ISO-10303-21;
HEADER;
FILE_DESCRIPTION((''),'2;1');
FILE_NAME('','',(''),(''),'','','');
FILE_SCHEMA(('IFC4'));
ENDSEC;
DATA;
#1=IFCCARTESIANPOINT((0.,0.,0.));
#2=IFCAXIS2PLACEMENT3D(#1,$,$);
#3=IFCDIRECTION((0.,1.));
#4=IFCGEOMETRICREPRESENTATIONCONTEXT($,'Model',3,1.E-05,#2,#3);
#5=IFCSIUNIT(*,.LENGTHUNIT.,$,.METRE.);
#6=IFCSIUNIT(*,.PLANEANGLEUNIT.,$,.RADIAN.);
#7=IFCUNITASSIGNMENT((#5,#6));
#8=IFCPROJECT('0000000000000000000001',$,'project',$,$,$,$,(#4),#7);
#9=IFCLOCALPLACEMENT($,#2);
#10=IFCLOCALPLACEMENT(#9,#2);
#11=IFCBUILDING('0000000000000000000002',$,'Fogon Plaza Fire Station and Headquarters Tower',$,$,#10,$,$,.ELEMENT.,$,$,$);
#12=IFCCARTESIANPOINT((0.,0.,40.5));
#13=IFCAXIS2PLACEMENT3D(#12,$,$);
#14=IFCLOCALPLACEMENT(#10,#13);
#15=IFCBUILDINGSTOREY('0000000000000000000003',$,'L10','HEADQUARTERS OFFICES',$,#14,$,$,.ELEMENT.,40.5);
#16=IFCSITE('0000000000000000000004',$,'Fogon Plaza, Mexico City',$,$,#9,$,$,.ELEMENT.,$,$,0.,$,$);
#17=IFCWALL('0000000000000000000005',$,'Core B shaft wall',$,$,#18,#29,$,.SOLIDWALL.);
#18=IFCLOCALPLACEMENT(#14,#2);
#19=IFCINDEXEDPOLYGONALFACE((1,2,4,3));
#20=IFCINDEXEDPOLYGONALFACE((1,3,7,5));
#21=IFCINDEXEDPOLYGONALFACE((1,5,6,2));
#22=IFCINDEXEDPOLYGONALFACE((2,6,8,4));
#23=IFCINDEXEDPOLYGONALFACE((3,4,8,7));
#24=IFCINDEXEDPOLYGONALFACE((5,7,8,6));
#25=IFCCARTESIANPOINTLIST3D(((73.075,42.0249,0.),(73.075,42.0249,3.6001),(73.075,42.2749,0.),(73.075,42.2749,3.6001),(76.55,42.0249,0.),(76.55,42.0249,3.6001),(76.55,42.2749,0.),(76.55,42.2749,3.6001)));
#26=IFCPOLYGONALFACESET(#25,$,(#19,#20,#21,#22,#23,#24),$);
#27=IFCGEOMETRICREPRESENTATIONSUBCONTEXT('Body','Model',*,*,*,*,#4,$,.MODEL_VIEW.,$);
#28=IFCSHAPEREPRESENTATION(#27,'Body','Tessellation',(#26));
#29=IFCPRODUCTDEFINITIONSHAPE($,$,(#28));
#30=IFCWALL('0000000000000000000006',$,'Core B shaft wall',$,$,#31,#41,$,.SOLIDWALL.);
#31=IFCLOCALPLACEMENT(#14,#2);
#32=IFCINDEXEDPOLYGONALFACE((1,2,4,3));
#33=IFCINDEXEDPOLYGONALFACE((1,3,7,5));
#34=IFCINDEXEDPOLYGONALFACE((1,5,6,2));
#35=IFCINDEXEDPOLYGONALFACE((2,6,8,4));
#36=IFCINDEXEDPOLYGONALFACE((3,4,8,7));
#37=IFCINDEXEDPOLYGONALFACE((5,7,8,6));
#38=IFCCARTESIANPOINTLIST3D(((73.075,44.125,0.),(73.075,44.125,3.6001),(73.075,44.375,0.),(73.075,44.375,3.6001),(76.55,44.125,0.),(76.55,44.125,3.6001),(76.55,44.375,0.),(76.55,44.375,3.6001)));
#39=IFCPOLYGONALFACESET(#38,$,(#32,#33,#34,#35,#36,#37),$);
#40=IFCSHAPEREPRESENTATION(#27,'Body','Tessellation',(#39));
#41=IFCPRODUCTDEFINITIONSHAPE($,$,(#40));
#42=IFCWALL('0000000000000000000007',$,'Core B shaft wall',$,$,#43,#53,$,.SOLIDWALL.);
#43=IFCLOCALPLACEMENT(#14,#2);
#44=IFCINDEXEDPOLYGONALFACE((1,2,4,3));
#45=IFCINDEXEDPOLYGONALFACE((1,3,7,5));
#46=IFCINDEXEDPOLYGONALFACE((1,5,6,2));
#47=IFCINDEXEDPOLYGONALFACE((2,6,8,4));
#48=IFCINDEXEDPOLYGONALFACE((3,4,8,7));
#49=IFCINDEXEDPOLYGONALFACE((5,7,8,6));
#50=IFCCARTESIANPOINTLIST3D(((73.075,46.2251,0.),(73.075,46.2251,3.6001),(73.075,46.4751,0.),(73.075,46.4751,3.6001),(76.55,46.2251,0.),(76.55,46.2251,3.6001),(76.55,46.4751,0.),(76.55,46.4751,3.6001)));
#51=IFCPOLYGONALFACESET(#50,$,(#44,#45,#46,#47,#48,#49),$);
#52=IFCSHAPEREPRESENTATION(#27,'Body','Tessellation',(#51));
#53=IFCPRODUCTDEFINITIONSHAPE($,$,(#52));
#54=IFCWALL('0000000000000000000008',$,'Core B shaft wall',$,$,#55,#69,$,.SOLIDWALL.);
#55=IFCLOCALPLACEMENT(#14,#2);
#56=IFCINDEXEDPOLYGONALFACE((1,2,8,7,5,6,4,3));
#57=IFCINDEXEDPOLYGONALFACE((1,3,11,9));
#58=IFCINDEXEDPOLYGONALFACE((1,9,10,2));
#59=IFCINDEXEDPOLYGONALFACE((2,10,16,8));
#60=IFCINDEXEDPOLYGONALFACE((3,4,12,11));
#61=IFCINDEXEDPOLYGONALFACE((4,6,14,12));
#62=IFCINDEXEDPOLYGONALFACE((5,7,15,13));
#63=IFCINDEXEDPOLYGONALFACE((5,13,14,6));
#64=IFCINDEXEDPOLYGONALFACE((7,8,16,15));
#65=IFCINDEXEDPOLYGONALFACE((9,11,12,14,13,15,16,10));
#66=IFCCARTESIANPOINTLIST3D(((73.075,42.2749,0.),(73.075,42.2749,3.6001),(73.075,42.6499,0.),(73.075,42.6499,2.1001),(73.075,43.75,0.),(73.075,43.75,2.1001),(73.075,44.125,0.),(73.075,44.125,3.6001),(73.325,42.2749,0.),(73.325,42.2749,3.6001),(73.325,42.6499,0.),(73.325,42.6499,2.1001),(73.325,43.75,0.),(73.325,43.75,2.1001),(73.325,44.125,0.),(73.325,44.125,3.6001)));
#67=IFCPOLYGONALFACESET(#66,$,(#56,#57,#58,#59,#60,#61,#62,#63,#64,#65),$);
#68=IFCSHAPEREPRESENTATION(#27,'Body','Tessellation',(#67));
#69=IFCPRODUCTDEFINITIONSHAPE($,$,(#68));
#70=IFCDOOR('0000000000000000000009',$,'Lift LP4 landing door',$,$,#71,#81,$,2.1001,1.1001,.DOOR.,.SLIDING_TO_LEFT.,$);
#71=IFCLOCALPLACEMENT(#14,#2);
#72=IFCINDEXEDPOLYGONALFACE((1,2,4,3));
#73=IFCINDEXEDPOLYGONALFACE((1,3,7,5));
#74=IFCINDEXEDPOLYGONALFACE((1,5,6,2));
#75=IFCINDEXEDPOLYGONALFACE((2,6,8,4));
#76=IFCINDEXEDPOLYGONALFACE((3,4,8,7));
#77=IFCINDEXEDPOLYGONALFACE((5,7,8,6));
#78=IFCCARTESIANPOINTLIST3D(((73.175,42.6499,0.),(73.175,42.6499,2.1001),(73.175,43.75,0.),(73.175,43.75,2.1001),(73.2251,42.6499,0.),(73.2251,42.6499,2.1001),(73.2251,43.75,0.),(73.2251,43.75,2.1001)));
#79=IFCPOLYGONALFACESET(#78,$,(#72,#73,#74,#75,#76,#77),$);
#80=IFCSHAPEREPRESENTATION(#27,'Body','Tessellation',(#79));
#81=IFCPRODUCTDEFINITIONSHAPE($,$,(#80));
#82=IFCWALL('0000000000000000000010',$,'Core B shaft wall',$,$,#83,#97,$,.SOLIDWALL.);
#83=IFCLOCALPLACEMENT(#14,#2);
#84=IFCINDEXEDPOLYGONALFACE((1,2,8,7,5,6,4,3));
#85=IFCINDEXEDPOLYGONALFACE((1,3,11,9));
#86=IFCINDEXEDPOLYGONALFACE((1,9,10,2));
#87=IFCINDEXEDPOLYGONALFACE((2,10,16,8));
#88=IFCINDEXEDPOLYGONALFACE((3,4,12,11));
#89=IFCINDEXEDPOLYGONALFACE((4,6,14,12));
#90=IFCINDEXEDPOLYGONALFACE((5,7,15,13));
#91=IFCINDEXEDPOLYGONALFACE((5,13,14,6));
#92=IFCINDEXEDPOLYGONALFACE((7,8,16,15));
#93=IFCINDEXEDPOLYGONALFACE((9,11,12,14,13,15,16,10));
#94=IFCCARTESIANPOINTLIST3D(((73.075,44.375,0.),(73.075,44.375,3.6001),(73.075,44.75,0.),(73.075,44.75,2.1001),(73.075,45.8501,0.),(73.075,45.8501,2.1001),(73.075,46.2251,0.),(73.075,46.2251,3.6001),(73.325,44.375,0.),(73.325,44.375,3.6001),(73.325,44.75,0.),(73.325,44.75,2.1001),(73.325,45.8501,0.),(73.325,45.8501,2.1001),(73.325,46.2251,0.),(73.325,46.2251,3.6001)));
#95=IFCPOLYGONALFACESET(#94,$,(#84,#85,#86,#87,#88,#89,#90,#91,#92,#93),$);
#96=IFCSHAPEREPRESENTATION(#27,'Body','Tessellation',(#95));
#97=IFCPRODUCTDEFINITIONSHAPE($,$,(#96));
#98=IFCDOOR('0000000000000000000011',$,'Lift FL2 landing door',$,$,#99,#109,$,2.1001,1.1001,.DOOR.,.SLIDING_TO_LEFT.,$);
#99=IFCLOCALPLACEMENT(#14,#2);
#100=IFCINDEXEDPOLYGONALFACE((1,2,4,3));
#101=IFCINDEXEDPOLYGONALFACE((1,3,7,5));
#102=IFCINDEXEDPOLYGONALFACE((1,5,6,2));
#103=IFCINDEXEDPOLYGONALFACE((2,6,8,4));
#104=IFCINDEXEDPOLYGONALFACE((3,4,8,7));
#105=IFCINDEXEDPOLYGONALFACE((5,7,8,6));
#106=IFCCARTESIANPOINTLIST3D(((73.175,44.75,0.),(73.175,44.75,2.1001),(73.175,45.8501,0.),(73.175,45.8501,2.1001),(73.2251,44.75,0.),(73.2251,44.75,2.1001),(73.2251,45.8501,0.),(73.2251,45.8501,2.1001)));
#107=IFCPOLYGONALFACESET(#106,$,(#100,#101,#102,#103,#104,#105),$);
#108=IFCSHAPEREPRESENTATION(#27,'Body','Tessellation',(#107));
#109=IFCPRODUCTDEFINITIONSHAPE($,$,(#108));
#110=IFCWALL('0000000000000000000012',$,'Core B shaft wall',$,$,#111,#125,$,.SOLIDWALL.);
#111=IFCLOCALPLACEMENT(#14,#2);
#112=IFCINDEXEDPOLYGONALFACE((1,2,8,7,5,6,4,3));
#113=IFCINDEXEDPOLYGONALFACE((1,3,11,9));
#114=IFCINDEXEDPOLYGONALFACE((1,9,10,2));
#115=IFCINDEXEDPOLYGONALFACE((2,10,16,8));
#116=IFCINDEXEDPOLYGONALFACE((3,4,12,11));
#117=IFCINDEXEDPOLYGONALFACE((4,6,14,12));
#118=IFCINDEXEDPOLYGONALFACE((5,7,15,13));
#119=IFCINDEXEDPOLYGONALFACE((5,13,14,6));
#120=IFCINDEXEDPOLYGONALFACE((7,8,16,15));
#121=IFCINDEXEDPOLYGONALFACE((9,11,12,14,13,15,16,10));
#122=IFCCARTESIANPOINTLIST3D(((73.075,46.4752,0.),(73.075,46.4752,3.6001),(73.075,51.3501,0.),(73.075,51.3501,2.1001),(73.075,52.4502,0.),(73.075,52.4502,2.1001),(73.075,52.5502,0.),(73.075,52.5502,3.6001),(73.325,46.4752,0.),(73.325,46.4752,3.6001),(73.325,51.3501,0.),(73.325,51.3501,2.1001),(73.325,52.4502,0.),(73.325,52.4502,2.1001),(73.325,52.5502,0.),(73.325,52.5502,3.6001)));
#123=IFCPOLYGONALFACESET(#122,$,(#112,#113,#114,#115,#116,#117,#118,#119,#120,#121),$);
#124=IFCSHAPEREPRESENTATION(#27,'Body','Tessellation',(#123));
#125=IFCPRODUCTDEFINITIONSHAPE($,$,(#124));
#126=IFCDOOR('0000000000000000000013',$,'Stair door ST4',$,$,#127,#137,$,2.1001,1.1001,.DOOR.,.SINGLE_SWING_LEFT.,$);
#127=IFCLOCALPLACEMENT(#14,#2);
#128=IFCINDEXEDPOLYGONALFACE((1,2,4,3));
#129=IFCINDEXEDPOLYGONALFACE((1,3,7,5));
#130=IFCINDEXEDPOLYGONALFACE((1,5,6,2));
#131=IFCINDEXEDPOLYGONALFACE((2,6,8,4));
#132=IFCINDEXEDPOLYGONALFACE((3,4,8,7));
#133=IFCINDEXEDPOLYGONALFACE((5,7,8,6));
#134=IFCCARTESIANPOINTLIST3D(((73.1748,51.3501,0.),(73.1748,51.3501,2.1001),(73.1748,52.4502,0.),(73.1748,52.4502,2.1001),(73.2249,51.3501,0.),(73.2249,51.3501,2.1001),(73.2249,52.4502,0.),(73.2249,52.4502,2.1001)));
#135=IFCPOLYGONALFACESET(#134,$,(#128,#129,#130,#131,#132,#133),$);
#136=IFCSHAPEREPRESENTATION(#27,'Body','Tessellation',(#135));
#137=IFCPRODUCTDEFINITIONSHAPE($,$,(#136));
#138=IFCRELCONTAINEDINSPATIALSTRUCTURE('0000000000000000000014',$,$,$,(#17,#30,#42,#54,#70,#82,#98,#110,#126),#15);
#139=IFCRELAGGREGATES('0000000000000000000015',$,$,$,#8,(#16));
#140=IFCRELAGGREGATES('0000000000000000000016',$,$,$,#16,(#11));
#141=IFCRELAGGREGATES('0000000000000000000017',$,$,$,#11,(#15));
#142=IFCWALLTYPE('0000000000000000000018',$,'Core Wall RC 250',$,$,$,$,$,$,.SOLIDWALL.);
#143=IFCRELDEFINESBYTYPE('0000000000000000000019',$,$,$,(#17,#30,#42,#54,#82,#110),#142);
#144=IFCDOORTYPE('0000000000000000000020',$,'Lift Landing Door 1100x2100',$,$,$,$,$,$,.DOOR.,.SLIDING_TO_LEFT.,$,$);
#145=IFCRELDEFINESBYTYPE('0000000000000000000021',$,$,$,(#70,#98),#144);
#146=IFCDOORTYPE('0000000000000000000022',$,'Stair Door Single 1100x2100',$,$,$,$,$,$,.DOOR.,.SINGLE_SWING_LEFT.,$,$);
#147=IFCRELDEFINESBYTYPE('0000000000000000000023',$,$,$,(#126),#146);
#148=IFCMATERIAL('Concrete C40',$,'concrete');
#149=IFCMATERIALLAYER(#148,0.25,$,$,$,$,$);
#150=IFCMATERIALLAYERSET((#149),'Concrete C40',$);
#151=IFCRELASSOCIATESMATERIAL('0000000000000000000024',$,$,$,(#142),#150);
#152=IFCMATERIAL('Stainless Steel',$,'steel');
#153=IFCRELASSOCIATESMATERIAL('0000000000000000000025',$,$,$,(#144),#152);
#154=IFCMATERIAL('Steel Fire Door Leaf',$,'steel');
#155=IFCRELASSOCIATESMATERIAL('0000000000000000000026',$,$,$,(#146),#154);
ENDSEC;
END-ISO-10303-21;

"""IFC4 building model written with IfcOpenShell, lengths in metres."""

from ifc_helpers import new_model, si_unit, direction, frame, frame_2d, origin, place, context, subcontext, project, spatial, rectangle, extrude, material, layer, layer_set, type_object, element, fill, save


model = new_model("IFC4")

# Units and contexts
model_context = context("Model", 3, precision=1e-05, world=origin(), true_north=direction((0.0, 1.0)))
body_context = subcontext(model_context, "Body", "Model", "MODEL_VIEW")
ifc_project = project(units=[si_unit("LENGTHUNIT", "METRE"), si_unit("PLANEANGLEUNIT", "RADIAN")], contexts=[model_context])

# Site, building, storey
site_placement = place(None, origin())
site = spatial("IfcSite", under=ifc_project, at=site_placement, Name="Fogon Plaza, Mexico City", CompositionType="ELEMENT", RefElevation=0.0)
building_placement = place(site_placement, origin())
building = spatial("IfcBuilding", under=site, at=building_placement, Name="Fogon Plaza Fire Station and Headquarters Tower", CompositionType="ELEMENT")
storey_placement = place(building_placement, frame((0.0, 0.0, 40.5)))
storey = spatial("IfcBuildingStorey", under=building, at=storey_placement, Name="L10", Description="HEADQUARTERS OFFICES", CompositionType="ELEMENT", Elevation=40.5)

# Walls
ifc_material_1 = material(Name="Concrete C40", Category="concrete")
ifc_layer_1 = layer(ifc_material_1, 0.25)
ifc_layer_set_1 = layer_set([ifc_layer_1], Name="Concrete C40")
wall_type_1 = type_object("IfcWallType", Name="Core Wall RC 250", PredefinedType="SOLIDWALL", material=ifc_layer_set_1)
for number, where, z_axis, x_axis, name in (
    (1, (76.55, 42.1499, 0.0), (0.0, 0.0, 1.0), (-1.0, 0.0, 0.0), "Core B shaft wall"),
    (2, (76.55, 44.25, 0.0), (0.0, 0.0, 1.0), (-1.0, 0.0, 0.0), "Core B shaft wall"),
    (3, (76.55, 46.3501, 0.0), (0.0, 0.0, 1.0), (-1.0, 0.0, 0.0), "Core B shaft wall"),
):
    element("IfcWall", number, at=place(storey_placement, frame(where, z_axis=z_axis, x_axis=x_axis)), inside=storey, type_object=wall_type_1, Name=name, PredefinedType="SOLIDWALL", context=body_context, shape_type="SweptSolid", body=[
        extrude(rectangle(XDim=3.4751, YDim=0.25, at=frame_2d((1.7375, 0.0))), origin(), (0.0, 0.0, 1.0), 3.6001),
    ])

# Walls, openings, doors
wall_1_placement = place(storey_placement, frame((73.2, 42.2749, 0.0), z_axis=(0.0, 0.0, 1.0), x_axis=(0.0, 1.0, 0.0)))
wall_1 = element("IfcWall", 4, at=wall_1_placement, inside=storey, type_object=wall_type_1, Name="Core B shaft wall", PredefinedType="SOLIDWALL", context=body_context, shape_type="SweptSolid", body=[
    extrude(rectangle(XDim=1.8501, YDim=0.25, at=frame_2d((0.925, 0.0))), origin(), (0.0, 0.0, 1.0), 3.6001),
])
opening_1_placement = place(wall_1_placement, frame((0.375, 0.0, 0.0)))
opening_1 = element("IfcOpeningElement", 5, at=opening_1_placement, cuts=wall_1, PredefinedType="OPENING", context=body_context, shape_type="SweptSolid", body=[
    extrude(rectangle(XDim=1.1001, YDim=2.1001, at=frame_2d((0.55, 1.05))), frame((0.0, 0.135, 0.0), z_axis=(0.0, -1.0, 0.0), x_axis=(1.0, 0.0, 0.0)), (0.0, 0.0, 1.0), 0.27),
])
ifc_material_2 = material(Name="Stainless Steel", Category="steel")
door_type_1 = type_object("IfcDoorType", Name="Lift Landing Door 1100x2100", OperationType="SLIDING_TO_LEFT", PredefinedType="DOOR", material=ifc_material_2)
door_1_placement = place(opening_1_placement, origin())
door_1 = element("IfcDoor", 6, at=door_1_placement, inside=storey, type_object=door_type_1, Name="Lift LP4 landing door", OperationType="SLIDING_TO_LEFT", OverallHeight=2.1001, OverallWidth=1.1001, PredefinedType="DOOR", context=body_context, shape_type="SweptSolid", body=[
    extrude(rectangle(XDim=1.1001, YDim=2.1001, at=frame_2d((0.55, 1.05))), frame((0.0, 0.0249, 0.0), z_axis=(0.0, -1.0, 0.0), x_axis=(1.0, 0.0, 0.0)), (0.0, 0.0, 1.0), 0.05),
])
fill(opening_1, door_1)
wall_2_placement = place(storey_placement, frame((73.2, 44.375, 0.0), z_axis=(0.0, 0.0, 1.0), x_axis=(0.0, 1.0, 0.0)))
wall_2 = element("IfcWall", 7, at=wall_2_placement, inside=storey, type_object=wall_type_1, Name="Core B shaft wall", PredefinedType="SOLIDWALL", context=body_context, shape_type="SweptSolid", body=[
    extrude(rectangle(XDim=1.8501, YDim=0.25, at=frame_2d((0.925, 0.0))), origin(), (0.0, 0.0, 1.0), 3.6001),
])
opening_2_placement = place(wall_2_placement, frame((0.375, 0.0, 0.0)))
opening_2 = element("IfcOpeningElement", 8, at=opening_2_placement, cuts=wall_2, PredefinedType="OPENING", context=body_context, shape_type="SweptSolid", body=[
    extrude(rectangle(XDim=1.1001, YDim=2.1001, at=frame_2d((0.55, 1.05))), frame((0.0, 0.135, 0.0), z_axis=(0.0, -1.0, 0.0), x_axis=(1.0, 0.0, 0.0)), (0.0, 0.0, 1.0), 0.27),
])
door_2_placement = place(opening_2_placement, origin())
door_2 = element("IfcDoor", 9, at=door_2_placement, inside=storey, type_object=door_type_1, Name="Lift FL2 landing door", OperationType="SLIDING_TO_LEFT", OverallHeight=2.1001, OverallWidth=1.1001, PredefinedType="DOOR", context=body_context, shape_type="SweptSolid", body=[
    extrude(rectangle(XDim=1.1001, YDim=2.1001, at=frame_2d((0.55, 1.05))), frame((0.0, 0.0249, 0.0), z_axis=(0.0, -1.0, 0.0), x_axis=(1.0, 0.0, 0.0)), (0.0, 0.0, 1.0), 0.05),
])
fill(opening_2, door_2)
wall_3_placement = place(storey_placement, frame((73.2, 46.4751, 0.0), z_axis=(0.0, 0.0, 1.0), x_axis=(0.0, 1.0, 0.0)))
wall_3 = element("IfcWall", 10, at=wall_3_placement, inside=storey, type_object=wall_type_1, Name="Core B shaft wall", PredefinedType="SOLIDWALL", context=body_context, shape_type="SweptSolid", body=[
    extrude(rectangle(XDim=6.075, YDim=0.25, at=frame_2d((3.0376, 0.0))), origin(), (0.0, 0.0, 1.0), 3.6001),
])
opening_3_placement = place(wall_3_placement, frame((4.875, 0.0, 0.0)))
opening_3 = element("IfcOpeningElement", 11, at=opening_3_placement, cuts=wall_3, PredefinedType="OPENING", context=body_context, shape_type="SweptSolid", body=[
    extrude(rectangle(XDim=1.1001, YDim=2.1001, at=frame_2d((0.55, 1.05))), frame((0.0, 0.135, 0.0), z_axis=(0.0, -1.0, 0.0), x_axis=(1.0, 0.0, 0.0)), (0.0, 0.0, 1.0), 0.27),
])
ifc_material_3 = material(Name="Steel Fire Door Leaf", Category="steel")
door_type_2 = type_object("IfcDoorType", Name="Stair Door Single 1100x2100", OperationType="SINGLE_SWING_LEFT", PredefinedType="DOOR", material=ifc_material_3)
door_3_placement = place(opening_3_placement, frame((1.1001, 0.0, 0.0), z_axis=(0.0, 0.0, 1.0), x_axis=(-1.0, 0.0, 0.0)))
door_3 = element("IfcDoor", 12, at=door_3_placement, inside=storey, type_object=door_type_2, Name="Stair door ST4", OperationType="SINGLE_SWING_LEFT", OverallHeight=2.1001, OverallWidth=1.1001, PredefinedType="DOOR", context=body_context, shape_type="SweptSolid", body=[
    extrude(rectangle(XDim=1.1001, YDim=2.1001, at=frame_2d((0.55, 1.05))), frame((0.0, 0.0249, 0.0), z_axis=(0.0, -1.0, 0.0), x_axis=(1.0, 0.0, 0.0)), (0.0, 0.0, 1.0), 0.05),
])
fill(opening_3, door_3)

save(model, "model.ifc")
